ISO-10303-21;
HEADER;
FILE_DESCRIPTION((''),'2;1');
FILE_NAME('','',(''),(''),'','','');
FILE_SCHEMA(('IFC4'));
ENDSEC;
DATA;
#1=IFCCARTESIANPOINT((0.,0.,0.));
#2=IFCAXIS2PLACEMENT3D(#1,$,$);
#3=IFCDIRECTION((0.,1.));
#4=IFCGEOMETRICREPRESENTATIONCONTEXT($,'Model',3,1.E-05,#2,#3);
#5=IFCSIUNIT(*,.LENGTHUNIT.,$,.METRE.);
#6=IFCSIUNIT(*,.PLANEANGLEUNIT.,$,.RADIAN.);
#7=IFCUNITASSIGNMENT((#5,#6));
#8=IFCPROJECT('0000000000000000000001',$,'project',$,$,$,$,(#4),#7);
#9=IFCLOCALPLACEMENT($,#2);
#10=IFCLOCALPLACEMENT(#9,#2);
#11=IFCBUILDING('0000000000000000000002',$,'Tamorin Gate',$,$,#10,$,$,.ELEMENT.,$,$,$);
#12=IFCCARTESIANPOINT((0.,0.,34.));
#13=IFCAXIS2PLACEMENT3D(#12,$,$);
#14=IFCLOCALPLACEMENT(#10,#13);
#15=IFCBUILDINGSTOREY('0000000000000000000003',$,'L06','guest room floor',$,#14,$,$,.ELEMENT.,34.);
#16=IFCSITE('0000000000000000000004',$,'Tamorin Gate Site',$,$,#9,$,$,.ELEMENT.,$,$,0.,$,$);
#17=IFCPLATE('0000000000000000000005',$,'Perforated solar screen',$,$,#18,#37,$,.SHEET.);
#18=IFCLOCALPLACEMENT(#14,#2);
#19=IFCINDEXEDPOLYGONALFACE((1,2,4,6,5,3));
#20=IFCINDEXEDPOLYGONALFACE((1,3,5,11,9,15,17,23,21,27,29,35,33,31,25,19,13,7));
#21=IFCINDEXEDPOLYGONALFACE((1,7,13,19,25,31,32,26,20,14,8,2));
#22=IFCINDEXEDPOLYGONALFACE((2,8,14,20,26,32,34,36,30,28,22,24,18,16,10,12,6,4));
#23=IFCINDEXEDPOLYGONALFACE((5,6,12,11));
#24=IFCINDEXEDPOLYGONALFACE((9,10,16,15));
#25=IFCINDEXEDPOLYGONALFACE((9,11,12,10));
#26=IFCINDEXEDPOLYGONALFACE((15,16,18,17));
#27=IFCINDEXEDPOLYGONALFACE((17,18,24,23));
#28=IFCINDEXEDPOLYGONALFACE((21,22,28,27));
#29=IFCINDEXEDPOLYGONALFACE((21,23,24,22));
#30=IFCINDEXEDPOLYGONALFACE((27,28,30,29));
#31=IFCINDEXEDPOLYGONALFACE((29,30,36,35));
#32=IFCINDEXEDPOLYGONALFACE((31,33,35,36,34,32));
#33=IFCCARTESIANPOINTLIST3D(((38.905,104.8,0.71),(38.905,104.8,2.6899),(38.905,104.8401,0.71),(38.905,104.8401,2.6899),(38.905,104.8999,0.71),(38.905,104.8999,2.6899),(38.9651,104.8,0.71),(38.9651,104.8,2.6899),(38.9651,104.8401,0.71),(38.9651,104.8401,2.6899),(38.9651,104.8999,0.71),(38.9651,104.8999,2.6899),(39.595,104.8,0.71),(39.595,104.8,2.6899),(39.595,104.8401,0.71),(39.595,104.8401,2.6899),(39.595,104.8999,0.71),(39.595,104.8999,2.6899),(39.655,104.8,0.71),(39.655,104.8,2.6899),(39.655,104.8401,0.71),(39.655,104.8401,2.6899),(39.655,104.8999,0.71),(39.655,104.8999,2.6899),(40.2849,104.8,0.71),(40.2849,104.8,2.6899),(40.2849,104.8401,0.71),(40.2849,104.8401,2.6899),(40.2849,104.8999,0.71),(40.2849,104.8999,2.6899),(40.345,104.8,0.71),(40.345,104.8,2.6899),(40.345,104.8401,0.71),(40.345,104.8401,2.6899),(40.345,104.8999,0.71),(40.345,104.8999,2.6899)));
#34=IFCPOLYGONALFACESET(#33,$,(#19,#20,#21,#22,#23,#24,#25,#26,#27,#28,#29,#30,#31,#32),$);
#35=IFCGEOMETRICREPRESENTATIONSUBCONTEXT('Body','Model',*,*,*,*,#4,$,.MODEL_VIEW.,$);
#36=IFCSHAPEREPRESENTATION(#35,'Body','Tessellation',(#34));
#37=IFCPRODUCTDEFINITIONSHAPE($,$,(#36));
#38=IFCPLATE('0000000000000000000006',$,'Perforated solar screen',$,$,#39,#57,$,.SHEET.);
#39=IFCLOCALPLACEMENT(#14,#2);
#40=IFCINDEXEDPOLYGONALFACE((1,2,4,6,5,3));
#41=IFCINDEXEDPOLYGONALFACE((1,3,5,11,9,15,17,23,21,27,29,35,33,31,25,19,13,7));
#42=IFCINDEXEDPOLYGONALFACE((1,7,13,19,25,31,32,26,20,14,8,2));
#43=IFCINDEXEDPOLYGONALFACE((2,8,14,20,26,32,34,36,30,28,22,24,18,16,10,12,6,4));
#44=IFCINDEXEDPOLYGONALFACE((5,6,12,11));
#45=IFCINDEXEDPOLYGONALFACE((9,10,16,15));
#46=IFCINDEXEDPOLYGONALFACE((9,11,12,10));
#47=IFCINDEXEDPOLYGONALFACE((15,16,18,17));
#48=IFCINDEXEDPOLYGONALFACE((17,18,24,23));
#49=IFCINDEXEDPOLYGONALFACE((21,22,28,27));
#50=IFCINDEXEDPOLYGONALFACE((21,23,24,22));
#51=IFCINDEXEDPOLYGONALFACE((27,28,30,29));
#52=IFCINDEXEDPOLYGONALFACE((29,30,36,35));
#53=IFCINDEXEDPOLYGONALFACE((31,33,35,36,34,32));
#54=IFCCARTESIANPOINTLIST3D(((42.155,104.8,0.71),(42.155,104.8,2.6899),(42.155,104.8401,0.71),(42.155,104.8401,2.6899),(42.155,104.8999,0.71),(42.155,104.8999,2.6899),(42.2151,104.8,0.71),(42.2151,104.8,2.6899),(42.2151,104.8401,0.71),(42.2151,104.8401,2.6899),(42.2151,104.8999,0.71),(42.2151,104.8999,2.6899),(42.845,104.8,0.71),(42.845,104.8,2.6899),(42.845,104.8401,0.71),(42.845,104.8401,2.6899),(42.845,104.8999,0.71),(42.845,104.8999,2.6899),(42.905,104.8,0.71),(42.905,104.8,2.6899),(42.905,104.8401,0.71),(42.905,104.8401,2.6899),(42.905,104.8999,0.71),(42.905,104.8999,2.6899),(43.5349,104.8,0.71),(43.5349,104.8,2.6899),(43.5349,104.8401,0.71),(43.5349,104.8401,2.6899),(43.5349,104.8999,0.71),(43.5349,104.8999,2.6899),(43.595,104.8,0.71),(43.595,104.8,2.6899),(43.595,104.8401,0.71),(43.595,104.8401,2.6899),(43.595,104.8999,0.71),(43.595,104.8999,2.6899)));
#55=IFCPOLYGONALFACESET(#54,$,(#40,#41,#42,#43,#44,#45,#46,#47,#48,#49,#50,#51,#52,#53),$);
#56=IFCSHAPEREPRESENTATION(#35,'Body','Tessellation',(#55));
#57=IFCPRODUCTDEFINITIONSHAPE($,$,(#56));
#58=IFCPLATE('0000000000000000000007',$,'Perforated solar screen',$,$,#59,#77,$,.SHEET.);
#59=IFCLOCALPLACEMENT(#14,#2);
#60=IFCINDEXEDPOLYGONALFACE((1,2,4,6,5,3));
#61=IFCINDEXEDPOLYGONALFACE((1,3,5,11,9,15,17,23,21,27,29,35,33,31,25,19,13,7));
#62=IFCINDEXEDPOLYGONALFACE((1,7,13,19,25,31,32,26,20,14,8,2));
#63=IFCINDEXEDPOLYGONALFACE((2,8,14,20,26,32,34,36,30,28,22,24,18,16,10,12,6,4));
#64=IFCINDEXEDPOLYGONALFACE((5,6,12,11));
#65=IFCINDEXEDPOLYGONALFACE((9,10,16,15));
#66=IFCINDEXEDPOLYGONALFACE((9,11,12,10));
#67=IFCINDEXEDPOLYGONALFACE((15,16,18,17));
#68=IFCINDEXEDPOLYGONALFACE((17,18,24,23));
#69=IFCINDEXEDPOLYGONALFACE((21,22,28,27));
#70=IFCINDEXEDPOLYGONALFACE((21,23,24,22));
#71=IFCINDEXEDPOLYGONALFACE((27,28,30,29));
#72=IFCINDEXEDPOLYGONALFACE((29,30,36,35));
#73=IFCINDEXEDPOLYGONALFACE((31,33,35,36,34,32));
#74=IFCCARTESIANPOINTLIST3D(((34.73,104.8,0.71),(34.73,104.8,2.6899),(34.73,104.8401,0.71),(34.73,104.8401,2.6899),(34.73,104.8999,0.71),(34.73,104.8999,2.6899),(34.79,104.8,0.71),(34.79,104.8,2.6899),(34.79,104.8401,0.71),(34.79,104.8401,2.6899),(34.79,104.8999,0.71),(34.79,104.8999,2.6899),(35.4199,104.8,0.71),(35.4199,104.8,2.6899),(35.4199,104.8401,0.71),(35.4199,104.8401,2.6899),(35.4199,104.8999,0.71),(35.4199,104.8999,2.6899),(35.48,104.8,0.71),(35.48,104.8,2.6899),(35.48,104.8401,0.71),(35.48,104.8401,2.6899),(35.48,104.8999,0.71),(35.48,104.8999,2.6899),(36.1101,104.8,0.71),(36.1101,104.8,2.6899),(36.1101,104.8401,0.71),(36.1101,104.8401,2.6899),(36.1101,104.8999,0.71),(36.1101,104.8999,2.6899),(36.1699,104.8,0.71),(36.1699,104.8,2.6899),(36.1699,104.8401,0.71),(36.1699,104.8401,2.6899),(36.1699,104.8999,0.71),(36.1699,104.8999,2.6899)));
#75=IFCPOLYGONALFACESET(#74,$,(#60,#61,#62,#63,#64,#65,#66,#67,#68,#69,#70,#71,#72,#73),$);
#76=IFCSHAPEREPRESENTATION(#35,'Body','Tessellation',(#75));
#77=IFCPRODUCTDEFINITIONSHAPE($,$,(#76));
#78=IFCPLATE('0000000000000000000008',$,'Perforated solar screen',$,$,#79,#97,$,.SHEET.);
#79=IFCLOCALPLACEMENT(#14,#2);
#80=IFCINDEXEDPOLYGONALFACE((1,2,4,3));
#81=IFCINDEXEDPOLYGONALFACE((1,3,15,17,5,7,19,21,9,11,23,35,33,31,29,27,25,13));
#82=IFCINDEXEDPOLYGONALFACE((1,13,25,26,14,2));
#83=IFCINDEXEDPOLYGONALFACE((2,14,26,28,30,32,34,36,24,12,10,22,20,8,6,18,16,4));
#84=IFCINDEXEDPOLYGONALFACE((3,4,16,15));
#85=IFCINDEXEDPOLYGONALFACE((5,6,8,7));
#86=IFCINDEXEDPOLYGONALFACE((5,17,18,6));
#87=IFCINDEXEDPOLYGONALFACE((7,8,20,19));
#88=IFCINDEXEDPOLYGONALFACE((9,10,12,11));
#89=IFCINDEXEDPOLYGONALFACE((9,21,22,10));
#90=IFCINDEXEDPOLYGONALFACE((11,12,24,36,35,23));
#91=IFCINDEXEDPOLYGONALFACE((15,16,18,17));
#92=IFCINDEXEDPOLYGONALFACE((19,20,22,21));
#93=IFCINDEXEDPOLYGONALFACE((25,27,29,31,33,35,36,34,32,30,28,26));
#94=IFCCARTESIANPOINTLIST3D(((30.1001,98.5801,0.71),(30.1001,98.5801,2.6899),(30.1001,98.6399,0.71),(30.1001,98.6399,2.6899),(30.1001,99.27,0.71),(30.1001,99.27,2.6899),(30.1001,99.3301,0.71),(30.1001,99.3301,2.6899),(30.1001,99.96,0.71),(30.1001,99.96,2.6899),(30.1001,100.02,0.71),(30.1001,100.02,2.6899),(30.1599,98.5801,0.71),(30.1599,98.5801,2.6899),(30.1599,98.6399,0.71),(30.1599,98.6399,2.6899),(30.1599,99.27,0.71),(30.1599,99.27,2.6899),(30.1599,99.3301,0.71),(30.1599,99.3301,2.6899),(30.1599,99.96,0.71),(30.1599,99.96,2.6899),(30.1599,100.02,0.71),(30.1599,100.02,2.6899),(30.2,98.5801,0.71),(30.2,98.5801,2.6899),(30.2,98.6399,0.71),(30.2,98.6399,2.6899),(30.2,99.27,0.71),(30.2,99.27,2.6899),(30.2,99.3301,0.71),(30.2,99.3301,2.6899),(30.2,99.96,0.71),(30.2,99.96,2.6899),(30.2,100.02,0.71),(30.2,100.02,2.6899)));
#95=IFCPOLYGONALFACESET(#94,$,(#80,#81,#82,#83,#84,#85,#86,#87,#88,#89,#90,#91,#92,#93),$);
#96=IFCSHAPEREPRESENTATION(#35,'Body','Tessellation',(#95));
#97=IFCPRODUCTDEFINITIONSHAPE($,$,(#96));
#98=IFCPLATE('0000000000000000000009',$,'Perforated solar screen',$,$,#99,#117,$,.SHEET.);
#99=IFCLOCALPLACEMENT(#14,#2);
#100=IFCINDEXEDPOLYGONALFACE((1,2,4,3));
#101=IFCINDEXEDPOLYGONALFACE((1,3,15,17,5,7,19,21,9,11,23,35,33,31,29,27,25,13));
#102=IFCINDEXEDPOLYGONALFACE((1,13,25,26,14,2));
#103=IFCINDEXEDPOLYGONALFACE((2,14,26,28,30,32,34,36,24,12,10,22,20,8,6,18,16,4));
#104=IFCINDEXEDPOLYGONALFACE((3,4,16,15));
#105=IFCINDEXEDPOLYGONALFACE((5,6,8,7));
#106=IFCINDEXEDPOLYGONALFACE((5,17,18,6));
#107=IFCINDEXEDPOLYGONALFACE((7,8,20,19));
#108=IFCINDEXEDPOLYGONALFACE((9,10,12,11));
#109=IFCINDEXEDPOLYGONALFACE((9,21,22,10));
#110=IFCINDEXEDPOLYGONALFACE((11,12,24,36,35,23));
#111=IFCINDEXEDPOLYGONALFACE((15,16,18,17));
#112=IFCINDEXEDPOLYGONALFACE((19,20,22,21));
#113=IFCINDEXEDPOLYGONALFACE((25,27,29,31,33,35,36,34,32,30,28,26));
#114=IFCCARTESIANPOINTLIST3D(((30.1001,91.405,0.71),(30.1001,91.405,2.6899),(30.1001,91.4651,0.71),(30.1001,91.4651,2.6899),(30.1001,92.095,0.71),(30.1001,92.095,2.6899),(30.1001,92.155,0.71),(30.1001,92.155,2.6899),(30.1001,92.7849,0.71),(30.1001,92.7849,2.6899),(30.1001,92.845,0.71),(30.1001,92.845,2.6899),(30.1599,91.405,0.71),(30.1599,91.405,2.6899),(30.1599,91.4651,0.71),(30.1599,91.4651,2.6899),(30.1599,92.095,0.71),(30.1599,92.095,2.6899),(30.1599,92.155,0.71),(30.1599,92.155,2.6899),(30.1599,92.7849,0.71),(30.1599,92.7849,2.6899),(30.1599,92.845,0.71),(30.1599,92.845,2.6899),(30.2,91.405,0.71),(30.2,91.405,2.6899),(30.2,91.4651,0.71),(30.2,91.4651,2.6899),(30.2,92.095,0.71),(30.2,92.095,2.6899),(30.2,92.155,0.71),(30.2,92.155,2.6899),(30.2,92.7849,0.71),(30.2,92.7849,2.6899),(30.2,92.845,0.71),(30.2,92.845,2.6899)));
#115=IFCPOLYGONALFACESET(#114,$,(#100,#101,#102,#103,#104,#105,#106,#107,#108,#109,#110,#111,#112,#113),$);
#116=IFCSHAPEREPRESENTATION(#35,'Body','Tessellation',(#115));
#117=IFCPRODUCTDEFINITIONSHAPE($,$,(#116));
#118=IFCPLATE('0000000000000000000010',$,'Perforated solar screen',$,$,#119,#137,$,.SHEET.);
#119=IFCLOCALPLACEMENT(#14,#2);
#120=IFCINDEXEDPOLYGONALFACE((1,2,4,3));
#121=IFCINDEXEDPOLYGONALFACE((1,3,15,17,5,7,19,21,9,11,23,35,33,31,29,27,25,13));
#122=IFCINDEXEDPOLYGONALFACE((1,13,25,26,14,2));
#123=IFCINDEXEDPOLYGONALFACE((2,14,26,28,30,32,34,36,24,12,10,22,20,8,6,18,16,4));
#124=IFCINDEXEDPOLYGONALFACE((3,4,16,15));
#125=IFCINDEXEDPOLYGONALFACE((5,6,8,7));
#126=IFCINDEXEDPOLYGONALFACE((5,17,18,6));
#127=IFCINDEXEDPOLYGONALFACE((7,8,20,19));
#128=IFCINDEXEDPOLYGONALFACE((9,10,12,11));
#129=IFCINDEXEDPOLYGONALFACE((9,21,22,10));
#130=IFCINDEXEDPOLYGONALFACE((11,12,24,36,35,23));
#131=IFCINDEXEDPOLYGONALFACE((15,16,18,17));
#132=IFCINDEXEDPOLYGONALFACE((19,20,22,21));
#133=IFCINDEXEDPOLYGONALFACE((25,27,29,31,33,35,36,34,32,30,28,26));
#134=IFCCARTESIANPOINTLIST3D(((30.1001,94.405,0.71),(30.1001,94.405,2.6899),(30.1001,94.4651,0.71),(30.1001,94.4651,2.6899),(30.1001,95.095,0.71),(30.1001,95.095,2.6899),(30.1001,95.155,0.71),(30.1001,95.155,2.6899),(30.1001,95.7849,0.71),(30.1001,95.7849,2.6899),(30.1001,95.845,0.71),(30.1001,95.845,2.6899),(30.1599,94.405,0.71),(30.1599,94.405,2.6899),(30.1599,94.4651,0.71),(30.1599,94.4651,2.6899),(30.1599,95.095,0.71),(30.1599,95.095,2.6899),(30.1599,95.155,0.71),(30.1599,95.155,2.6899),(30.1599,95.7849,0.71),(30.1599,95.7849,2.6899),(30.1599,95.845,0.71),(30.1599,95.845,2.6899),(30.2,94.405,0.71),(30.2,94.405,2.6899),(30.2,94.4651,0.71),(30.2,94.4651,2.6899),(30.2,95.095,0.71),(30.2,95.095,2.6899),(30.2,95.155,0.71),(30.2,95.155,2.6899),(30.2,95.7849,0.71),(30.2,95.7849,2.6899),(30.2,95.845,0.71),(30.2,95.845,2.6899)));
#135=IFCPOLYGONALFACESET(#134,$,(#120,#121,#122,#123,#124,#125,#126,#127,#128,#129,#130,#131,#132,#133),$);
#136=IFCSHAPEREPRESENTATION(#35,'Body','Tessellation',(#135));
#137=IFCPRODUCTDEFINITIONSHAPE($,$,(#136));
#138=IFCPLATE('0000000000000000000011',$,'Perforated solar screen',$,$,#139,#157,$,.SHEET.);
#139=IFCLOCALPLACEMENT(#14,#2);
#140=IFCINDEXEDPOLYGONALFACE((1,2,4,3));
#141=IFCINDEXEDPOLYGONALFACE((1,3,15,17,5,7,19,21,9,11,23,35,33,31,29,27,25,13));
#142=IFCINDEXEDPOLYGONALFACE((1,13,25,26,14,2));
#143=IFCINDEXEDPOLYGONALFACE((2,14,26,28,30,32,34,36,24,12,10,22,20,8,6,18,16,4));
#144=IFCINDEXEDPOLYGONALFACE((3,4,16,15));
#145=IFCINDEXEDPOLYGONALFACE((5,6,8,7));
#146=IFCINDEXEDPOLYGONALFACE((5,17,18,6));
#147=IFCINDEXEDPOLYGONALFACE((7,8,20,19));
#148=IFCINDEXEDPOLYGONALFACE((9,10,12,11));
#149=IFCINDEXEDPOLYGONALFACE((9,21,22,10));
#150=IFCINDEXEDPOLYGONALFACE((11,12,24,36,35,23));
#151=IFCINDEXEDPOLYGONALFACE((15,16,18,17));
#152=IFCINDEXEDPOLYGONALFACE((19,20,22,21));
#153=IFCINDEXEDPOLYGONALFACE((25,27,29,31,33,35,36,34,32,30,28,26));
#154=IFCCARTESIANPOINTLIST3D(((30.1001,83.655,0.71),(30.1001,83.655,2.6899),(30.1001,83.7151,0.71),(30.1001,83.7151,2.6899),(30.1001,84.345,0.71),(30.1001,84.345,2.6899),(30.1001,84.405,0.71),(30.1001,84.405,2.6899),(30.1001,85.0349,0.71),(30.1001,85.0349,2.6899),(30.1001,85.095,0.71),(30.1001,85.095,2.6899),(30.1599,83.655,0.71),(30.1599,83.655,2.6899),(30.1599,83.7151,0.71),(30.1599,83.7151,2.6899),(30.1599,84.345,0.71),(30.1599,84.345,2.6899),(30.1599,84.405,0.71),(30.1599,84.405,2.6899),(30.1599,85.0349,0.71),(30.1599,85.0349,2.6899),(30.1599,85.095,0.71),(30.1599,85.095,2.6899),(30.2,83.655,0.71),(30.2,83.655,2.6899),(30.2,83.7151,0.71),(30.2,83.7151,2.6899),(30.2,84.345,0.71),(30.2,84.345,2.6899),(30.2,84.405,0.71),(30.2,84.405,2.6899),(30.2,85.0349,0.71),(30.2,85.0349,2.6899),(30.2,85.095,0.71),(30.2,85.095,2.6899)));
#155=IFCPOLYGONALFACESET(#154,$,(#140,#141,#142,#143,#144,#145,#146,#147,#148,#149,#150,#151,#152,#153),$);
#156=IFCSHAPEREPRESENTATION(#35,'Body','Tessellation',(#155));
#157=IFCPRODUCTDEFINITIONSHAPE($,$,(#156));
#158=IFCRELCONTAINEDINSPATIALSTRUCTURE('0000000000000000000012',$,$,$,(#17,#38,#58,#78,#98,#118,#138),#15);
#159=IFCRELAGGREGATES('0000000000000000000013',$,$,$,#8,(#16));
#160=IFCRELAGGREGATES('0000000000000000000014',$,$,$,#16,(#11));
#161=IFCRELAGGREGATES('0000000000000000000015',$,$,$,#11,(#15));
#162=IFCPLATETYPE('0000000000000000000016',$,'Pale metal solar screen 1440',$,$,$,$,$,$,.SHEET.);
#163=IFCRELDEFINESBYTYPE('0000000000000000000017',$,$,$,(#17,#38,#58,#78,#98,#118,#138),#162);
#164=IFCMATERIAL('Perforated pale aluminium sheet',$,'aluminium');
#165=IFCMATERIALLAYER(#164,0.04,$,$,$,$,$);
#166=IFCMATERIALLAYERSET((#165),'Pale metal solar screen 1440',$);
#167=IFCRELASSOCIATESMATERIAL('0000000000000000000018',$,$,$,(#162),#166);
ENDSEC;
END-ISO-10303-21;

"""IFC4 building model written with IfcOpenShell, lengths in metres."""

from ifc_helpers import new_model, si_unit, direction, frame, origin, place, context, subcontext, project, spatial, polyline, outline, extrude, material, layer, layer_set, type_object, element, save


model = new_model("IFC4")

# Units and contexts
model_context = context("Model", 3, precision=1e-05, world=origin(), true_north=direction((0.0, 1.0)))
body_context = subcontext(model_context, "Body", "Model", "MODEL_VIEW")
ifc_project = project(units=[si_unit("LENGTHUNIT", "METRE"), si_unit("PLANEANGLEUNIT", "RADIAN")], contexts=[model_context])

# Site, building, storey
site_placement = place(None, origin())
site = spatial("IfcSite", under=ifc_project, at=site_placement, Name="Tamorin Gate Site", CompositionType="ELEMENT", RefElevation=0.0)
building_placement = place(site_placement, origin())
building = spatial("IfcBuilding", under=site, at=building_placement, Name="Tamorin Gate", CompositionType="ELEMENT")
storey_placement = place(building_placement, frame((0.0, 0.0, 34.0)))
storey = spatial("IfcBuildingStorey", under=building, at=storey_placement, Name="L06", Description="guest room floor", CompositionType="ELEMENT", Elevation=34.0)

# Plates
ifc_material = material(Name="Perforated pale aluminium sheet", Category="aluminium")
ifc_layer = layer(ifc_material, 0.04)
ifc_layer_set = layer_set([ifc_layer], Name="Pale metal solar screen 1440")
plate_type = type_object("IfcPlateType", Name="Pale metal solar screen 1440", PredefinedType="SHEET", material=ifc_layer_set)
plate_1_placement = place(storey_placement, frame((0.0, 0.0, 0.71)))
element("IfcPlate", 1, at=plate_1_placement, inside=storey, type_object=plate_type, Name="Perforated solar screen", PredefinedType="SHEET", context=body_context, shape_type="SweptSolid", body=[
    extrude(outline(polyline([(40.345, 104.8401), (40.345, 104.8), (40.2849, 104.8), (39.655, 104.8), (39.595, 104.8), (38.9651, 104.8), (38.905, 104.8), (38.905, 104.8401), (38.905, 104.8999), (38.9651, 104.8999), (38.9651, 104.8401), (39.595, 104.8401), (39.595, 104.8999), (39.655, 104.8999), (39.655, 104.8401), (40.2849, 104.8401), (40.2849, 104.8999), (40.345, 104.8999), (40.345, 104.8401)])), origin(), (0.0, 0.0, 1.0), 1.98),
])
plate_2_placement = place(storey_placement, frame((0.0, 0.0, 0.71)))
element("IfcPlate", 2, at=plate_2_placement, inside=storey, type_object=plate_type, Name="Perforated solar screen", PredefinedType="SHEET", context=body_context, shape_type="SweptSolid", body=[
    extrude(outline(polyline([(43.595, 104.8401), (43.595, 104.8), (43.5349, 104.8), (42.905, 104.8), (42.845, 104.8), (42.2151, 104.8), (42.155, 104.8), (42.155, 104.8401), (42.155, 104.8999), (42.2151, 104.8999), (42.2151, 104.8401), (42.845, 104.8401), (42.845, 104.8999), (42.905, 104.8999), (42.905, 104.8401), (43.5349, 104.8401), (43.5349, 104.8999), (43.595, 104.8999), (43.595, 104.8401)])), origin(), (0.0, 0.0, 1.0), 1.98),
])
plate_3_placement = place(storey_placement, frame((0.0, 0.0, 0.71)))
element("IfcPlate", 3, at=plate_3_placement, inside=storey, type_object=plate_type, Name="Perforated solar screen", PredefinedType="SHEET", context=body_context, shape_type="SweptSolid", body=[
    extrude(outline(polyline([(36.1699, 104.8401), (36.1699, 104.8), (36.1101, 104.8), (35.48, 104.8), (35.4199, 104.8), (34.79, 104.8), (34.73, 104.8), (34.73, 104.8401), (34.73, 104.8999), (34.79, 104.8999), (34.79, 104.8401), (35.4199, 104.8401), (35.4199, 104.8999), (35.48, 104.8999), (35.48, 104.8401), (36.1101, 104.8401), (36.1101, 104.8999), (36.1699, 104.8999), (36.1699, 104.8401)])), origin(), (0.0, 0.0, 1.0), 1.98),
])
plate_4_placement = place(storey_placement, frame((0.0, 0.0, 0.71)))
element("IfcPlate", 4, at=plate_4_placement, inside=storey, type_object=plate_type, Name="Perforated solar screen", PredefinedType="SHEET", context=body_context, shape_type="SweptSolid", body=[
    extrude(outline(polyline([(30.1599, 100.02), (30.2, 100.02), (30.2, 99.96), (30.2, 99.3301), (30.2, 99.27), (30.2, 98.6399), (30.2, 98.5801), (30.1599, 98.5801), (30.1001, 98.5801), (30.1001, 98.6399), (30.1599, 98.6399), (30.1599, 99.27), (30.1001, 99.27), (30.1001, 99.3301), (30.1599, 99.3301), (30.1599, 99.96), (30.1001, 99.96), (30.1001, 100.02), (30.1599, 100.02)])), origin(), (0.0, 0.0, 1.0), 1.98),
])
plate_5_placement = place(storey_placement, frame((0.0, 0.0, 0.71)))
element("IfcPlate", 5, at=plate_5_placement, inside=storey, type_object=plate_type, Name="Perforated solar screen", PredefinedType="SHEET", context=body_context, shape_type="SweptSolid", body=[
    extrude(outline(polyline([(30.1599, 92.845), (30.2, 92.845), (30.2, 92.7849), (30.2, 92.155), (30.2, 92.095), (30.2, 91.4651), (30.2, 91.405), (30.1599, 91.405), (30.1001, 91.405), (30.1001, 91.4651), (30.1599, 91.4651), (30.1599, 92.095), (30.1001, 92.095), (30.1001, 92.155), (30.1599, 92.155), (30.1599, 92.7849), (30.1001, 92.7849), (30.1001, 92.845), (30.1599, 92.845)])), origin(), (0.0, 0.0, 1.0), 1.98),
])
plate_6_placement = place(storey_placement, frame((0.0, 0.0, 0.71)))
element("IfcPlate", 6, at=plate_6_placement, inside=storey, type_object=plate_type, Name="Perforated solar screen", PredefinedType="SHEET", context=body_context, shape_type="SweptSolid", body=[
    extrude(outline(polyline([(30.1599, 95.845), (30.2, 95.845), (30.2, 95.7849), (30.2, 95.155), (30.2, 95.095), (30.2, 94.4651), (30.2, 94.405), (30.2, 94.405), (30.1599, 94.405), (30.1599, 94.405), (30.1001, 94.405), (30.1001, 94.4651), (30.1599, 94.4651), (30.1599, 95.095), (30.1001, 95.095), (30.1001, 95.155), (30.1599, 95.155), (30.1599, 95.7849), (30.1001, 95.7849), (30.1001, 95.845), (30.1599, 95.845)])), origin(), (0.0, 0.0, 1.0), 1.98),
])
plate_7_placement = place(storey_placement, frame((0.0, 0.0, 0.71)))
element("IfcPlate", 7, at=plate_7_placement, inside=storey, type_object=plate_type, Name="Perforated solar screen", PredefinedType="SHEET", context=body_context, shape_type="SweptSolid", body=[
    extrude(outline(polyline([(30.1599, 85.095), (30.2, 85.095), (30.2, 85.0349), (30.2, 84.405), (30.2, 84.345), (30.2, 83.7151), (30.2, 83.655), (30.1599, 83.655), (30.1001, 83.655), (30.1001, 83.7151), (30.1599, 83.7151), (30.1599, 84.345), (30.1001, 84.345), (30.1001, 84.405), (30.1599, 84.405), (30.1599, 85.0349), (30.1001, 85.0349), (30.1001, 85.095), (30.1599, 85.095)])), origin(), (0.0, 0.0, 1.0), 1.98),
])

save(model, "model.ifc")
